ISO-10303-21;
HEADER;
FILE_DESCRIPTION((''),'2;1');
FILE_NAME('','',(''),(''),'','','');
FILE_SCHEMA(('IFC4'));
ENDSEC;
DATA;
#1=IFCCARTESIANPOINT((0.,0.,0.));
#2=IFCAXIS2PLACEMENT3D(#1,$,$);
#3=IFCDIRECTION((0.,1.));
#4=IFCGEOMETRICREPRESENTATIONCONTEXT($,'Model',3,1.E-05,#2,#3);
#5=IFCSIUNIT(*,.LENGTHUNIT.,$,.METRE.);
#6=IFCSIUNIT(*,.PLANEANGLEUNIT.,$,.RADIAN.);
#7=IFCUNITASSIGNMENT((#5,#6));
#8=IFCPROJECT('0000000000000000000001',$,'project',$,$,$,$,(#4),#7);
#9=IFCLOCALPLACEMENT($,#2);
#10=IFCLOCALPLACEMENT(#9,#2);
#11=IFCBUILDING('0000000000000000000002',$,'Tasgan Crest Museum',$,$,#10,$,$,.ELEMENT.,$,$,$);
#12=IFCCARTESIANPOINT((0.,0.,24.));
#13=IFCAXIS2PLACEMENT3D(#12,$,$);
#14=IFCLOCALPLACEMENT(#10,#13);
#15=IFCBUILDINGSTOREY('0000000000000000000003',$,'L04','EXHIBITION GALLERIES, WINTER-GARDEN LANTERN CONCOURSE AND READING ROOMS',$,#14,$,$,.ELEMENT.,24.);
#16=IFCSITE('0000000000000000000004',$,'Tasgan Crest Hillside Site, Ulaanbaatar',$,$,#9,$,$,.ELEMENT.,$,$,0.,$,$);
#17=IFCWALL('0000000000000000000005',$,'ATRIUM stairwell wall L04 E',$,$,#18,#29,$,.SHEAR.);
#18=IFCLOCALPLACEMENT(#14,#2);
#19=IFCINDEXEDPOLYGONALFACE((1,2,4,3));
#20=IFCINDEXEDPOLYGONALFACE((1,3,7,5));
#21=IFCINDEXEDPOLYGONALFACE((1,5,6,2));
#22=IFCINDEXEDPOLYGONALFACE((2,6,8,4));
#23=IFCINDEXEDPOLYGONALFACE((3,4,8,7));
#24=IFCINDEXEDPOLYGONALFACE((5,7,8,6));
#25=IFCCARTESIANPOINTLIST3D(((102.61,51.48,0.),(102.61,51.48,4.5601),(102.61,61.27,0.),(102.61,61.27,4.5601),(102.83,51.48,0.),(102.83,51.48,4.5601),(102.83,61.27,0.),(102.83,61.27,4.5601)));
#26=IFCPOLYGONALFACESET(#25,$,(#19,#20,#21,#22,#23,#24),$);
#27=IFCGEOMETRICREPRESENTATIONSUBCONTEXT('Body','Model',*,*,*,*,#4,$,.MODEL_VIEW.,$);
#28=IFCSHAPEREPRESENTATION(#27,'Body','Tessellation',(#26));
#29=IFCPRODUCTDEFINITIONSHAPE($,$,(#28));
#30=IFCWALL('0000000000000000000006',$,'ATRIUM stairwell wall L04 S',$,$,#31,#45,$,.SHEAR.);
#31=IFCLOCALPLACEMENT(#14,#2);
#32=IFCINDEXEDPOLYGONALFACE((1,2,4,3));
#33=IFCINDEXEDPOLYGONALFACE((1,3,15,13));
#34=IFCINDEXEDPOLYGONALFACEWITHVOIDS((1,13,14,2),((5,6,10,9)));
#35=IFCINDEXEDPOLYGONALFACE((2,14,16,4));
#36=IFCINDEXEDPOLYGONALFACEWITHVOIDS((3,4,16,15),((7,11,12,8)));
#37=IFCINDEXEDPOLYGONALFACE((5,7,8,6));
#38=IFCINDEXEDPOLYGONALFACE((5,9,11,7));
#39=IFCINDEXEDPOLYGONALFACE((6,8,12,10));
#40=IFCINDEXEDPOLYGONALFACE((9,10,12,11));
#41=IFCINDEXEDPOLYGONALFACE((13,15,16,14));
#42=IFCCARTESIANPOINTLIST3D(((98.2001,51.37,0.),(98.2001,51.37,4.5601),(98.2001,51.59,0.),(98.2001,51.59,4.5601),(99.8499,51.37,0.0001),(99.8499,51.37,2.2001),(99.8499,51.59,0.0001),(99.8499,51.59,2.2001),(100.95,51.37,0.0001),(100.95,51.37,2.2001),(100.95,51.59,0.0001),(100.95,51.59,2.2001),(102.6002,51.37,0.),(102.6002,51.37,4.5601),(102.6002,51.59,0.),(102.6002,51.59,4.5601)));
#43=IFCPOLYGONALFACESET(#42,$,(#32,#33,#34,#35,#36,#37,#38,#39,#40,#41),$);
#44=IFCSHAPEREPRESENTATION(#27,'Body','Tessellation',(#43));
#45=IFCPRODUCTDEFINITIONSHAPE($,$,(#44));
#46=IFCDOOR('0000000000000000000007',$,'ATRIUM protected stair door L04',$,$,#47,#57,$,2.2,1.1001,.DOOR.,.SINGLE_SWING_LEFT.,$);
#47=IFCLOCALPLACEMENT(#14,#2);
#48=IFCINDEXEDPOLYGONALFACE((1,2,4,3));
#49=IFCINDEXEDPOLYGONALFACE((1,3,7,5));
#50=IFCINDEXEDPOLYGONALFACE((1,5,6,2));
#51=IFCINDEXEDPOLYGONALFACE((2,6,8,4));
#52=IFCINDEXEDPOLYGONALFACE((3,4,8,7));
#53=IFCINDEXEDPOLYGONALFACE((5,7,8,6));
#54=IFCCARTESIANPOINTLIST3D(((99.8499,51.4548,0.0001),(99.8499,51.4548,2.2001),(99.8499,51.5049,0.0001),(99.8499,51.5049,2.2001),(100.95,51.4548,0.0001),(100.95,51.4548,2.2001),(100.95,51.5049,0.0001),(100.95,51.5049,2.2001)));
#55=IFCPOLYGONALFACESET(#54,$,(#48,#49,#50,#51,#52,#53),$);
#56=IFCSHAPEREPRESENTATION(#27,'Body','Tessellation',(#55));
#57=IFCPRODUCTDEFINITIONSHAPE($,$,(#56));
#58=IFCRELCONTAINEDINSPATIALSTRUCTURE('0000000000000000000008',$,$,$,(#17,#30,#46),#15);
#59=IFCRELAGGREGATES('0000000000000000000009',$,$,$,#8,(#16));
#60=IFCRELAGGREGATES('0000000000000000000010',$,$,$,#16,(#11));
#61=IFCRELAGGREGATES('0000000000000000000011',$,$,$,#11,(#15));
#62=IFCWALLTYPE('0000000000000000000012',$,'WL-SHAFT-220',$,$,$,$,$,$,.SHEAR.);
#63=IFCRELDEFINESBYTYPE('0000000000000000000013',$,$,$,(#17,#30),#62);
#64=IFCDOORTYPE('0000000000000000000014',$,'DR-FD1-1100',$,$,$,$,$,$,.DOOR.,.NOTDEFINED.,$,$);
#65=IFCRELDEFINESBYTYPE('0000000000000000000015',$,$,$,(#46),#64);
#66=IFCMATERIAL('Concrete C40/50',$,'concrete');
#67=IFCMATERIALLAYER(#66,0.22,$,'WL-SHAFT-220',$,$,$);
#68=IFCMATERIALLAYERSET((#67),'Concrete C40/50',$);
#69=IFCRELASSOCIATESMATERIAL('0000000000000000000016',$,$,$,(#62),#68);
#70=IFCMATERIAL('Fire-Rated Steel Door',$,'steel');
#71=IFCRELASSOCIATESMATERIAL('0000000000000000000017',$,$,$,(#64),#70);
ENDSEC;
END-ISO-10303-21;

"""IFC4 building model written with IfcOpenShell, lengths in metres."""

from ifc_helpers import new_model, si_unit, direction, frame, frame_2d, origin, place, context, subcontext, project, spatial, rectangle, extrude, material, layer, layer_set, type_object, element, fill, save


model = new_model("IFC4")

# Units and contexts
model_context = context("Model", 3, precision=1e-05, world=origin(), true_north=direction((0.0, 1.0)))
body_context = subcontext(model_context, "Body", "Model", "MODEL_VIEW")
ifc_project = project(units=[si_unit("LENGTHUNIT", "METRE"), si_unit("PLANEANGLEUNIT", "RADIAN")], contexts=[model_context])

# Site, building, storey
site_placement = place(None, origin())
site = spatial("IfcSite", under=ifc_project, at=site_placement, Name="Tasgan Crest Hillside Site, Ulaanbaatar", CompositionType="ELEMENT", RefElevation=0.0)
building_placement = place(site_placement, origin())
building = spatial("IfcBuilding", under=site, at=building_placement, Name="Tasgan Crest Museum", CompositionType="ELEMENT")
storey_placement = place(building_placement, frame((0.0, 0.0, 24.0)))
storey = spatial("IfcBuildingStorey", under=building, at=storey_placement, Name="L04", Description="EXHIBITION GALLERIES, WINTER-GARDEN LANTERN CONCOURSE AND READING ROOMS", CompositionType="ELEMENT", Elevation=24.0)

# Wall
ifc_material_1 = material(Name="Concrete C40/50", Category="concrete")
ifc_layer_1 = layer(ifc_material_1, 0.22, Name="WL-SHAFT-220")
ifc_layer_set_1 = layer_set([ifc_layer_1], Name="Concrete C40/50")
wall_type_1 = type_object("IfcWallType", Name="WL-SHAFT-220", PredefinedType="SHEAR", material=ifc_layer_set_1)
for number, where, z_axis, x_axis, name in (
    (1, (102.72, 51.48, 0.0), (0.0, 0.0, 1.0), (0.0, 1.0, 0.0), "ATRIUM stairwell wall L04 E"),
):
    element("IfcWall", number, at=place(storey_placement, frame(where, z_axis=z_axis, x_axis=x_axis)), inside=storey, type_object=wall_type_1, Name=name, PredefinedType="SHEAR", context=body_context, shape_type="SweptSolid", body=[
        extrude(rectangle(XDim=9.79, YDim=0.22, at=frame_2d((4.895, 0.0))), origin(), (0.0, 0.0, 1.0), 4.5601),
    ])

# Wall, opening, door
wall_1_placement = place(storey_placement, frame((98.2, 51.48, 0.0), z_axis=(0.0, 0.0, 1.0), x_axis=(1.0, 0.0, 0.0)))
wall_1 = element("IfcWall", 2, at=wall_1_placement, inside=storey, type_object=wall_type_1, Name="ATRIUM stairwell wall L04 S", PredefinedType="SHEAR", context=body_context, shape_type="SweptSolid", body=[
    extrude(rectangle(XDim=4.4001, YDim=0.22, at=frame_2d((2.2002, 0.0))), origin(), (0.0, 0.0, 1.0), 4.5601),
])
opening_placement = place(wall_1_placement, frame((1.6499, 0.0, 0.0)))
opening = element("IfcOpeningElement", 3, at=opening_placement, cuts=wall_1, PredefinedType="OPENING", context=body_context, shape_type="SweptSolid", body=[
    extrude(rectangle(XDim=1.1001, YDim=2.2, at=frame_2d((0.55, 1.1001))), frame((0.0, 0.1199, 0.0), z_axis=(0.0, -1.0, 0.0), x_axis=(1.0, 0.0, 0.0)), (0.0, 0.0, 1.0), 0.24),
])
ifc_material_2 = material(Name="Fire-Rated Steel Door", Category="steel")
door_type = type_object("IfcDoorType", Name="DR-FD1-1100", OperationType="NOTDEFINED", PredefinedType="DOOR", material=ifc_material_2)
door_placement = place(opening_placement, origin())
door = element("IfcDoor", 4, at=door_placement, inside=storey, type_object=door_type, Name="ATRIUM protected stair door L04", OperationType="SINGLE_SWING_LEFT", OverallHeight=2.2, OverallWidth=1.1001, PredefinedType="DOOR", context=body_context, shape_type="SweptSolid", body=[
    extrude(rectangle(XDim=1.1001, YDim=2.2, at=frame_2d((0.55, 1.1001))), frame((0.0, 0.0249, 0.0), z_axis=(0.0, -1.0, 0.0), x_axis=(1.0, 0.0, 0.0)), (0.0, 0.0, 1.0), 0.05),
])
fill(opening, door)

save(model, "model.ifc")
